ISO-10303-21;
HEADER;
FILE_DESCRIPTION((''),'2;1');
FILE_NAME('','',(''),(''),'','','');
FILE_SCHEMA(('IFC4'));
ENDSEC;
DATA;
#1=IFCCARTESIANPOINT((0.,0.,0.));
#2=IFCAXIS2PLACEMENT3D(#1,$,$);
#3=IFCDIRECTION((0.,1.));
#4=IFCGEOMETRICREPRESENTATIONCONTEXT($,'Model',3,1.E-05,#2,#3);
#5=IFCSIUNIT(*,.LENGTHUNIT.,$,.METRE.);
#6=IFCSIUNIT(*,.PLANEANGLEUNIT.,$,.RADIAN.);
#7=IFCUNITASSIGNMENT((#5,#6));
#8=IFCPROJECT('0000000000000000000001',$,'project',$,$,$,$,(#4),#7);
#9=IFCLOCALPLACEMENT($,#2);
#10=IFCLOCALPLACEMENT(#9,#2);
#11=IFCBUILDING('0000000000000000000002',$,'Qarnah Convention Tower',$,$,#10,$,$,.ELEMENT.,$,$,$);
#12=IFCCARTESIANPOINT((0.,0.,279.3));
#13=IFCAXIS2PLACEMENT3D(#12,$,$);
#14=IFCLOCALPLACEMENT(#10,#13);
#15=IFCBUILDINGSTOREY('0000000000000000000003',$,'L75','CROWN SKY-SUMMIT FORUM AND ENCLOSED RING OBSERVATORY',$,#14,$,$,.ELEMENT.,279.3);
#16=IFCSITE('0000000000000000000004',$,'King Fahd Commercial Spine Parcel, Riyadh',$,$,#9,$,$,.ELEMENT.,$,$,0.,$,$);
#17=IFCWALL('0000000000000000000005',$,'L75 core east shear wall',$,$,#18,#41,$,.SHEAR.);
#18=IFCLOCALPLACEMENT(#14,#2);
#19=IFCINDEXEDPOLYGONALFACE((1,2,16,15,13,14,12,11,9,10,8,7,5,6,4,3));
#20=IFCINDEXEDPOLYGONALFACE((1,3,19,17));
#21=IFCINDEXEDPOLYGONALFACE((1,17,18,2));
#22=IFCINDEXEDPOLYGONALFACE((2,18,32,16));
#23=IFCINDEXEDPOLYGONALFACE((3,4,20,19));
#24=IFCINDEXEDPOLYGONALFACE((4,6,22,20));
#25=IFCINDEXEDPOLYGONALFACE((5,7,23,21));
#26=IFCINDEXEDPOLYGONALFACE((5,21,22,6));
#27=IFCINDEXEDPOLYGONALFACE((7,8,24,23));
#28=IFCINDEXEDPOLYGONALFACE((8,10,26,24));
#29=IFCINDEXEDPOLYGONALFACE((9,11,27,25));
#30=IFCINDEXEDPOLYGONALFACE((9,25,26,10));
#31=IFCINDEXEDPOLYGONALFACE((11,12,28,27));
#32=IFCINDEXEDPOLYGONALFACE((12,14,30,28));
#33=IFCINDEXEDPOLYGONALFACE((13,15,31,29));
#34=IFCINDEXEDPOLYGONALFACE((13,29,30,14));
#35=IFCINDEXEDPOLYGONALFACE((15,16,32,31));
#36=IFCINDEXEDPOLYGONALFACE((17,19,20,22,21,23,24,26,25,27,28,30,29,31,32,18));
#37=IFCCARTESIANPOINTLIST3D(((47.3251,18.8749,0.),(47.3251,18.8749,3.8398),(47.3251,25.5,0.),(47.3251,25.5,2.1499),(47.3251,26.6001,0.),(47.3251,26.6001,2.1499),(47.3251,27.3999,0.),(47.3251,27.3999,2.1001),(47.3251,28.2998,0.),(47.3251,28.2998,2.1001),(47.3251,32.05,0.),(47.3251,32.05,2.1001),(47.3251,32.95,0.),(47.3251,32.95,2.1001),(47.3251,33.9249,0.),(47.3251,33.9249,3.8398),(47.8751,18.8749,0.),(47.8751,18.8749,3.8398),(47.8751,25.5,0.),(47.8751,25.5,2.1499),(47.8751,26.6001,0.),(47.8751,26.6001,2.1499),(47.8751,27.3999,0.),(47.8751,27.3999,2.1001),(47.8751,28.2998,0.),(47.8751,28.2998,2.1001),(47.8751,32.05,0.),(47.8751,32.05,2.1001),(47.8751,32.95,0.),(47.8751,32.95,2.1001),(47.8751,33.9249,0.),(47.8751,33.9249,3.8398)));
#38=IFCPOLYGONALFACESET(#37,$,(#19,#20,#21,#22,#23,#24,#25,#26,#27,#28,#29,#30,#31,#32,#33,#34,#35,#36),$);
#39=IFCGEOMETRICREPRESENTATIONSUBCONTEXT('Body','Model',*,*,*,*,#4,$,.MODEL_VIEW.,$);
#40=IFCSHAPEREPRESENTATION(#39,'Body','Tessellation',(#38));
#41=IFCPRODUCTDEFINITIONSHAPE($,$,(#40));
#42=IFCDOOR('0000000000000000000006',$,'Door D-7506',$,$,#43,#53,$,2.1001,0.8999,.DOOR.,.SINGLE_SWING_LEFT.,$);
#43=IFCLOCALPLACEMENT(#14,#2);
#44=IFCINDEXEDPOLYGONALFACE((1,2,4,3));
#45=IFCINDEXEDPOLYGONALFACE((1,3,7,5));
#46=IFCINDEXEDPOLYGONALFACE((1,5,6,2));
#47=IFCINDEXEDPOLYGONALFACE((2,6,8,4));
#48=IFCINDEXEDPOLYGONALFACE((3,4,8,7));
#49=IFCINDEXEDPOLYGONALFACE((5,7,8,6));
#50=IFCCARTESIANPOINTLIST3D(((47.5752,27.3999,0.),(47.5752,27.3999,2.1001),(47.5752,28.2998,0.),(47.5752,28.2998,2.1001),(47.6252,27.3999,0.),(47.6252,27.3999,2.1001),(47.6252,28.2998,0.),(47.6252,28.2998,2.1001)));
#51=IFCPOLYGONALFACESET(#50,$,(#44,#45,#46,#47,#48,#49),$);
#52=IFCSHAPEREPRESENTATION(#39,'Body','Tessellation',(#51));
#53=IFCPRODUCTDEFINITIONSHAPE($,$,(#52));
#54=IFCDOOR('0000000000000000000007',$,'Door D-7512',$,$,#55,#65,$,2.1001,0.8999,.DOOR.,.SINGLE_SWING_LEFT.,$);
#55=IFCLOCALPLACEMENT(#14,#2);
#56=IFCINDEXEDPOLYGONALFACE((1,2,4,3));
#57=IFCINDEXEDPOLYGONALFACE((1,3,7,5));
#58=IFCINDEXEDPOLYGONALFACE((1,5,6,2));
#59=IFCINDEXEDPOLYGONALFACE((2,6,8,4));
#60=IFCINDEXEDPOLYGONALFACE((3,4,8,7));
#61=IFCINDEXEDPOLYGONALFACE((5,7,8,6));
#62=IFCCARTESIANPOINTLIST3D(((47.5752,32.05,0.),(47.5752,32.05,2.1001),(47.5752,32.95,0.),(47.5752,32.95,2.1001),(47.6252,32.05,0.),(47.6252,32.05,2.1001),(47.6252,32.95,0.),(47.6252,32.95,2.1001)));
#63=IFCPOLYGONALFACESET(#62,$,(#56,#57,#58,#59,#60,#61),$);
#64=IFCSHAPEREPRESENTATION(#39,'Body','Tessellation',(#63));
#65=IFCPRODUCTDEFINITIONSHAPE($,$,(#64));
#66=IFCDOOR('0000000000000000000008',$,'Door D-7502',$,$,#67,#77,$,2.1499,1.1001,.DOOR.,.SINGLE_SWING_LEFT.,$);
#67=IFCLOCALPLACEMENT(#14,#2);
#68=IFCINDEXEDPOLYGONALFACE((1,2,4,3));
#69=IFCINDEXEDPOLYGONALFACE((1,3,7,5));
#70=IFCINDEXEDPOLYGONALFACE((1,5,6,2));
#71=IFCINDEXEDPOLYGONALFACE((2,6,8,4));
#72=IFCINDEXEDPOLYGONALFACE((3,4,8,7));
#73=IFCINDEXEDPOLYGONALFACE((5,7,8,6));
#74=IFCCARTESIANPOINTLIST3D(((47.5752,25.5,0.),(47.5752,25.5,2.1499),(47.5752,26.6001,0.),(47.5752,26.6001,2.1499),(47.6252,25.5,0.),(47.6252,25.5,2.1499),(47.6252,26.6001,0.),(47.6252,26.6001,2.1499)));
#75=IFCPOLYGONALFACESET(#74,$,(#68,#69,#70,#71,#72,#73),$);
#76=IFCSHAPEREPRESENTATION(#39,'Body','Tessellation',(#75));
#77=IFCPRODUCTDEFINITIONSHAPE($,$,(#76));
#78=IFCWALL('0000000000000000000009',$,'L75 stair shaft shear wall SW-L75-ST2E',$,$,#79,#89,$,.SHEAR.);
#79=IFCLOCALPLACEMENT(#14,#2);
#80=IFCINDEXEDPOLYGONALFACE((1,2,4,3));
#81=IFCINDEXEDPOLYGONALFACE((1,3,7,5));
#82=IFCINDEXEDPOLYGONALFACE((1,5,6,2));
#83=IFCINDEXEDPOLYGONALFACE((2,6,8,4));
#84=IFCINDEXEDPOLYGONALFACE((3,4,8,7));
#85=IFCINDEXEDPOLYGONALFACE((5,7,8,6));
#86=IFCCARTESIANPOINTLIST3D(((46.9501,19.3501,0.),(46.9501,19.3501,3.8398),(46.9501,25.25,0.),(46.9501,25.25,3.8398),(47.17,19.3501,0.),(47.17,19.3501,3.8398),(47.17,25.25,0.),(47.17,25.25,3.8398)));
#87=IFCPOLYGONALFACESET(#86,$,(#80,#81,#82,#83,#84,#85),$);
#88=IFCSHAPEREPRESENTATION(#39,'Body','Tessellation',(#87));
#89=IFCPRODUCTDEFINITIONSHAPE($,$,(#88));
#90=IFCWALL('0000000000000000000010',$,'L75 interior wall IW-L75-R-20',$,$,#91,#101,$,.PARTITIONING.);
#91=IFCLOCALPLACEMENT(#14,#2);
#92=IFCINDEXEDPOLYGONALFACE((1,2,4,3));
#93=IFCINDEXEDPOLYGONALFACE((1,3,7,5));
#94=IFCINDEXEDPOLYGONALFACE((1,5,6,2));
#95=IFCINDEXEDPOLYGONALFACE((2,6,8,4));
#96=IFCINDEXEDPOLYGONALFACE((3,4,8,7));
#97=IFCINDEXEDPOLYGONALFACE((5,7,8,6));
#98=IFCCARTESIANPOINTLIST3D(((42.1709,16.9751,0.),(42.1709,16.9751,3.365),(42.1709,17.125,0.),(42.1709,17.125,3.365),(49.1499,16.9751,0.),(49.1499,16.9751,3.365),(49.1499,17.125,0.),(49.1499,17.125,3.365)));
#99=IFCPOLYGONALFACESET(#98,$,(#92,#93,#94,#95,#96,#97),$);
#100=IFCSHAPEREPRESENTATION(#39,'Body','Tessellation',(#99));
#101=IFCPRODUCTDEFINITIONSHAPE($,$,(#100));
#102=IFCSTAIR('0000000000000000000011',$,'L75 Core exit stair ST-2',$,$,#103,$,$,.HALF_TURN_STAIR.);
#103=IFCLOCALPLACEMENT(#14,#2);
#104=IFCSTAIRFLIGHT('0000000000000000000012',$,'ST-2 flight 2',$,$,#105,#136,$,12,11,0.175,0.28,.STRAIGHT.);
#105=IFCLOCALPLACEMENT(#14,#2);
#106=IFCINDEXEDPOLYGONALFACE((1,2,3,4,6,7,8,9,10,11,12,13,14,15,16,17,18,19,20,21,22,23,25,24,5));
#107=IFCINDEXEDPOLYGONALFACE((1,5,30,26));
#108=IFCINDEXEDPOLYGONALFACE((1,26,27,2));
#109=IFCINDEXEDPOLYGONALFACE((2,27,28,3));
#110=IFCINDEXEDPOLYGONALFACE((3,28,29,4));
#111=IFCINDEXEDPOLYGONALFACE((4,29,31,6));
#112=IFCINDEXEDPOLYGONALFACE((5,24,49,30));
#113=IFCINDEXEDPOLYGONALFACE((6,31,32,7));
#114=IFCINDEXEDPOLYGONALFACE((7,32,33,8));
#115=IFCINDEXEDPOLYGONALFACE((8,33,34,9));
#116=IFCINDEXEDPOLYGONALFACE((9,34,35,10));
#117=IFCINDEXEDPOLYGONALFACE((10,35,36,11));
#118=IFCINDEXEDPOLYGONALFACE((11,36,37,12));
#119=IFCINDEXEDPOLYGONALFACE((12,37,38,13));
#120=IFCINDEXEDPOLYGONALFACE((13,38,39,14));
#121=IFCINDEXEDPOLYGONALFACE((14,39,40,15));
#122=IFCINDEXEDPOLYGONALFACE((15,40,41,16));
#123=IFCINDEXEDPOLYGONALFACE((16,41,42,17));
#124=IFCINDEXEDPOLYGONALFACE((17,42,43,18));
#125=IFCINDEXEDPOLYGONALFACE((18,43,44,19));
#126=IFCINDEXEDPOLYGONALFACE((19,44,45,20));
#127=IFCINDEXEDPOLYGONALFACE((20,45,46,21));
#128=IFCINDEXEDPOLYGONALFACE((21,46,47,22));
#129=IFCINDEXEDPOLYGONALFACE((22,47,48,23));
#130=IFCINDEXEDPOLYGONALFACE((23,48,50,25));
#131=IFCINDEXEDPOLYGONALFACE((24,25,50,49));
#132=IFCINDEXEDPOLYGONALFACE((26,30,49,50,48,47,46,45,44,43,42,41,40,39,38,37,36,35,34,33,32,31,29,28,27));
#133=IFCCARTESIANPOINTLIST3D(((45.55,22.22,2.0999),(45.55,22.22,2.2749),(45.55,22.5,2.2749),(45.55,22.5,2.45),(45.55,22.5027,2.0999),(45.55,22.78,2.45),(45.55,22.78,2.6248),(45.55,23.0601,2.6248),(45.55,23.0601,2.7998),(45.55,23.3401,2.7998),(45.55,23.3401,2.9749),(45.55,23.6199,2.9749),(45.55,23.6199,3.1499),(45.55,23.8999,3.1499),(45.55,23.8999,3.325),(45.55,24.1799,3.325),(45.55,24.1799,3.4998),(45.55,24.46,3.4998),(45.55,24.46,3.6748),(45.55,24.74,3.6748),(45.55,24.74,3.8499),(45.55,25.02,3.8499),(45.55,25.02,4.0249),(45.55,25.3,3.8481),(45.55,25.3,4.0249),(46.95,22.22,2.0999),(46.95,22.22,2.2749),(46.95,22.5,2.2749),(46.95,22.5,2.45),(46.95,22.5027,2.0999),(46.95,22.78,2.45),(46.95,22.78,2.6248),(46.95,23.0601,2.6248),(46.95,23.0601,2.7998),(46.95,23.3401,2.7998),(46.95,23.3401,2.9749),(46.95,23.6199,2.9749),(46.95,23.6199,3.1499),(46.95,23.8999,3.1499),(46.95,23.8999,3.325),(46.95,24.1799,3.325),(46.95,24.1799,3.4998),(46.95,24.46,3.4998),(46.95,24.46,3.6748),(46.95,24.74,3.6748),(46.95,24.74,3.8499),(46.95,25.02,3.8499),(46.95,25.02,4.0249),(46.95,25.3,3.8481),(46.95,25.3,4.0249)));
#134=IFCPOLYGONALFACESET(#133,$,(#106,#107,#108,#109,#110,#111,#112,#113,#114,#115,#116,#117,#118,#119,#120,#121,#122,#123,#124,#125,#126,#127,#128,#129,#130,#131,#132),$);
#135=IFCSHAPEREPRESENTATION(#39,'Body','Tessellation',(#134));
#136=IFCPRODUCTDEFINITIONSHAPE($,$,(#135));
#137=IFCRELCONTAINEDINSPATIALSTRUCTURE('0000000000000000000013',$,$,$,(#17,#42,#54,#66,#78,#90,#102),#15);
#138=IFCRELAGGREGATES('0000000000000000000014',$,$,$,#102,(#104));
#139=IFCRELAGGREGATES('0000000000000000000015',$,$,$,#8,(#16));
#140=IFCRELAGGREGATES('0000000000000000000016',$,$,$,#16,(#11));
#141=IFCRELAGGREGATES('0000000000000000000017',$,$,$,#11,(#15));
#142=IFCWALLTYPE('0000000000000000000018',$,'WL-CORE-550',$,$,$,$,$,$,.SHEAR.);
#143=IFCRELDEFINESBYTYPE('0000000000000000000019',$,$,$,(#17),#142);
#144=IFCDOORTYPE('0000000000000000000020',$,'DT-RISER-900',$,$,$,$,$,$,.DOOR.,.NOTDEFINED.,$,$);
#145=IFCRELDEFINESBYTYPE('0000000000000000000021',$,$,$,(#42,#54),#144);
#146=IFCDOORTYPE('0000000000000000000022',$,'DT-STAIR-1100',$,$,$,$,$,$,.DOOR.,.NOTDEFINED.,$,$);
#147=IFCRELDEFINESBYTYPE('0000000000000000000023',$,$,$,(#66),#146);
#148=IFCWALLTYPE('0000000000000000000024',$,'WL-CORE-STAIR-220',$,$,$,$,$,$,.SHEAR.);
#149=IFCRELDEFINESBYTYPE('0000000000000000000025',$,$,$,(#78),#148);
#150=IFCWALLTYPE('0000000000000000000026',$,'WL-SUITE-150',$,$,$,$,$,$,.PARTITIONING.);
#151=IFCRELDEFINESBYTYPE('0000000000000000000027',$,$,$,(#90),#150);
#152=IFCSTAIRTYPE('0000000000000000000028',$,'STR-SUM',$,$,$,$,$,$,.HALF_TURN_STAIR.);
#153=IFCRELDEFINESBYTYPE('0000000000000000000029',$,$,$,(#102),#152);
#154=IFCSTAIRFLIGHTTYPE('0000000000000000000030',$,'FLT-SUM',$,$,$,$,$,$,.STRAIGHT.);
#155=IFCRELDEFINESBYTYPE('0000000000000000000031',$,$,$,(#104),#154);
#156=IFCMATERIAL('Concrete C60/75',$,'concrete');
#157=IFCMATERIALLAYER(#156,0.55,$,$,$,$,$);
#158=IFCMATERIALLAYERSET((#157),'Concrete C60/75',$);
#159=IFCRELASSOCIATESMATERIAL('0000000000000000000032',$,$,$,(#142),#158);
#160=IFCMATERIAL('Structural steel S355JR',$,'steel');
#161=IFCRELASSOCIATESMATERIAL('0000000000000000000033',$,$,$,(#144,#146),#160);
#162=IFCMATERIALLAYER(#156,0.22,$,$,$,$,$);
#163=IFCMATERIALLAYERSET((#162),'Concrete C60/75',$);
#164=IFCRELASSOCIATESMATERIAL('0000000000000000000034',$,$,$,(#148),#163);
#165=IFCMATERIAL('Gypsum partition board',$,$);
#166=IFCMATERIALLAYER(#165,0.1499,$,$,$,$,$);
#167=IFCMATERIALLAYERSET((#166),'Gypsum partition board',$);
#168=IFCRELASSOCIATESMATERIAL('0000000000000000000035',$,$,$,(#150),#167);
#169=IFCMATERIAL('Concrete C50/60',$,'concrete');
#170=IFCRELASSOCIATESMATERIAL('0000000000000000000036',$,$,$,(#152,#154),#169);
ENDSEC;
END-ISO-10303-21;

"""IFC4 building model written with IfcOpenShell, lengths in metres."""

from ifc_helpers import new_model, si_unit, direction, frame, frame_2d, origin, place, context, subcontext, project, spatial, polyline, rectangle, outline, extrude, material, layer, layer_set, type_object, element, fill, aggregate, save


model = new_model("IFC4")

# Units and contexts
model_context = context("Model", 3, precision=1e-05, world=origin(), true_north=direction((0.0, 1.0)))
body_context = subcontext(model_context, "Body", "Model", "MODEL_VIEW")
ifc_project = project(units=[si_unit("LENGTHUNIT", "METRE"), si_unit("PLANEANGLEUNIT", "RADIAN")], contexts=[model_context])

# Site, building, storey
site_placement = place(None, origin())
site = spatial("IfcSite", under=ifc_project, at=site_placement, Name="King Fahd Commercial Spine Parcel, Riyadh", CompositionType="ELEMENT", RefElevation=0.0)
building_placement = place(site_placement, origin())
building = spatial("IfcBuilding", under=site, at=building_placement, Name="Qarnah Convention Tower", CompositionType="ELEMENT")
storey_placement = place(building_placement, frame((0.0, 0.0, 279.3)))
storey = spatial("IfcBuildingStorey", under=building, at=storey_placement, Name="L75", Description="CROWN SKY-SUMMIT FORUM AND ENCLOSED RING OBSERVATORY", CompositionType="ELEMENT", Elevation=279.3)

# Shared definitions
ifc_material_1 = material(Name="Concrete C50/60", Category="concrete")

# Shared definitions
ifc_material_2 = material(Name="Structural steel S355JR", Category="steel")

# Wall, openings, doors
ifc_material_3 = material(Name="Concrete C60/75", Category="concrete")
ifc_layer_1 = layer(ifc_material_3, 0.55)
ifc_layer_set_1 = layer_set([ifc_layer_1], Name="Concrete C60/75")
wall_type_1 = type_object("IfcWallType", Name="WL-CORE-550", PredefinedType="SHEAR", material=ifc_layer_set_1)
wall_1_placement = place(storey_placement, frame((47.6001, 18.875, 0.0), z_axis=(0.0, 0.0, 1.0), x_axis=(0.0, 1.0, 0.0)))
wall_1 = element("IfcWall", 1, at=wall_1_placement, inside=storey, type_object=wall_type_1, Name="L75 core east shear wall", PredefinedType="SHEAR", context=body_context, shape_type="SweptSolid", body=[
    extrude(rectangle(XDim=15.05, YDim=0.55, at=frame_2d((7.5249, 0.0))), origin(), (0.0, 0.0, 1.0), 3.8398),
])
opening_1_placement = place(wall_1_placement, frame((6.625, 0.0, 0.0)))
opening_1 = element("IfcOpeningElement", 2, at=opening_1_placement, cuts=wall_1, PredefinedType="OPENING", context=body_context, shape_type="SweptSolid", body=[
    extrude(rectangle(XDim=1.1001, YDim=2.1499, at=frame_2d((0.55, 1.075))), frame((0.0, 0.2849, 0.0), z_axis=(0.0, -1.0, 0.0), x_axis=(1.0, 0.0, 0.0)), (0.0, 0.0, 1.0), 0.5701),
])
opening_2_placement = place(wall_1_placement, frame((8.5249, 0.0, 0.0)))
opening_2 = element("IfcOpeningElement", 3, at=opening_2_placement, cuts=wall_1, PredefinedType="OPENING", context=body_context, shape_type="SweptSolid", body=[
    extrude(rectangle(XDim=0.8999, YDim=2.1001, at=frame_2d((0.45, 1.05))), frame((0.0, 0.2849, 0.0), z_axis=(0.0, -1.0, 0.0), x_axis=(1.0, 0.0, 0.0)), (0.0, 0.0, 1.0), 0.5701),
])
opening_3_placement = place(wall_1_placement, frame((13.175, 0.0, 0.0)))
opening_3 = element("IfcOpeningElement", 4, at=opening_3_placement, cuts=wall_1, PredefinedType="OPENING", context=body_context, shape_type="SweptSolid", body=[
    extrude(rectangle(XDim=0.8999, YDim=2.1001, at=frame_2d((0.45, 1.05))), frame((0.0, 0.2849, 0.0), z_axis=(0.0, -1.0, 0.0), x_axis=(1.0, 0.0, 0.0)), (0.0, 0.0, 1.0), 0.5701),
])
door_type_1 = type_object("IfcDoorType", Name="DT-RISER-900", OperationType="NOTDEFINED", PredefinedType="DOOR", material=ifc_material_2)
door_1_placement = place(opening_2_placement, origin())
door_1 = element("IfcDoor", 5, at=door_1_placement, inside=storey, type_object=door_type_1, Name="Door D-7506", OperationType="SINGLE_SWING_LEFT", OverallHeight=2.1001, OverallWidth=0.8999, PredefinedType="DOOR", context=body_context, shape_type="SweptSolid", body=[
    extrude(rectangle(XDim=0.8999, YDim=2.1001, at=frame_2d((0.45, 1.05))), frame((0.0, 0.0249, 0.0), z_axis=(0.0, -1.0, 0.0), x_axis=(1.0, 0.0, 0.0)), (0.0, 0.0, 1.0), 0.05),
])
fill(opening_2, door_1)
door_2_placement = place(opening_3_placement, origin())
door_2 = element("IfcDoor", 6, at=door_2_placement, inside=storey, type_object=door_type_1, Name="Door D-7512", OperationType="SINGLE_SWING_LEFT", OverallHeight=2.1001, OverallWidth=0.8999, PredefinedType="DOOR", context=body_context, shape_type="SweptSolid", body=[
    extrude(rectangle(XDim=0.8999, YDim=2.1001, at=frame_2d((0.45, 1.05))), frame((0.0, 0.0249, 0.0), z_axis=(0.0, -1.0, 0.0), x_axis=(1.0, 0.0, 0.0)), (0.0, 0.0, 1.0), 0.05),
])
fill(opening_3, door_2)
door_type_2 = type_object("IfcDoorType", Name="DT-STAIR-1100", OperationType="NOTDEFINED", PredefinedType="DOOR", material=ifc_material_2)
door_3_placement = place(opening_1_placement, origin())
door_3 = element("IfcDoor", 7, at=door_3_placement, inside=storey, type_object=door_type_2, Name="Door D-7502", OperationType="SINGLE_SWING_LEFT", OverallHeight=2.1499, OverallWidth=1.1001, PredefinedType="DOOR", context=body_context, shape_type="SweptSolid", body=[
    extrude(rectangle(XDim=1.1001, YDim=2.1499, at=frame_2d((0.55, 1.075))), frame((0.0, 0.0249, 0.0), z_axis=(0.0, -1.0, 0.0), x_axis=(1.0, 0.0, 0.0)), (0.0, 0.0, 1.0), 0.05),
])
fill(opening_1, door_3)

# Wall
ifc_layer_2 = layer(ifc_material_3, 0.22)
ifc_layer_set_2 = layer_set([ifc_layer_2], Name="Concrete C60/75")
wall_type_2 = type_object("IfcWallType", Name="WL-CORE-STAIR-220", PredefinedType="SHEAR", material=ifc_layer_set_2)
wall_2_placement = place(storey_placement, frame((47.0601, 19.3501, 0.0), z_axis=(0.0, 0.0, 1.0), x_axis=(0.0, 1.0, 0.0)))
element("IfcWall", 8, at=wall_2_placement, inside=storey, type_object=wall_type_2, Name="L75 stair shaft shear wall SW-L75-ST2E", PredefinedType="SHEAR", context=body_context, shape_type="SweptSolid", body=[
    extrude(rectangle(XDim=5.8999, YDim=0.22, at=frame_2d((2.95, 0.0))), origin(), (0.0, 0.0, 1.0), 3.8398),
])

# Wall
ifc_material_4 = material(Name="Gypsum partition board")
ifc_layer_3 = layer(ifc_material_4, 0.1499)
ifc_layer_set_3 = layer_set([ifc_layer_3], Name="Gypsum partition board")
wall_type_3 = type_object("IfcWallType", Name="WL-SUITE-150", PredefinedType="PARTITIONING", material=ifc_layer_set_3)
wall_3_placement = place(storey_placement, frame((49.1499, 17.05, 0.0), z_axis=(0.0, 0.0, 1.0), x_axis=(-1.0, 0.0, 0.0)))
element("IfcWall", 9, at=wall_3_placement, inside=storey, type_object=wall_type_3, Name="L75 interior wall IW-L75-R-20", PredefinedType="PARTITIONING", context=body_context, shape_type="SweptSolid", body=[
    extrude(rectangle(XDim=6.979, YDim=0.1499, at=frame_2d((3.4895, 0.0))), origin(), (0.0, 0.0, 1.0), 3.365),
])

# Stair, stair flight
stair_type = type_object("IfcStairType", Name="STR-SUM", PredefinedType="HALF_TURN_STAIR", material=ifc_material_1)
stair_placement = place(storey_placement, origin())
stair = element("IfcStair", 10, at=stair_placement, inside=storey, type_object=stair_type, Name="L75 Core exit stair ST-2", PredefinedType="HALF_TURN_STAIR")
stair_flight_type = type_object("IfcStairFlightType", Name="FLT-SUM", PredefinedType="STRAIGHT", material=ifc_material_1)
stair_flight_placement = place(storey_placement, frame((46.25, 22.22, 2.0999), z_axis=(0.0, 0.0, 1.0), x_axis=(0.0, 1.0, 0.0)))
stair_flight = element("IfcStairFlight", 11, at=stair_flight_placement, type_object=stair_flight_type, Name="ST-2 flight 2", NumberOfRisers=12, NumberOfTreads=11, PredefinedType="STRAIGHT", RiserHeight=0.175, TreadLength=0.28, context=body_context, shape_type="SweptSolid", body=[
    extrude(outline(polyline([(0.0, 0.0), (0.0, 0.175), (0.28, 0.175), (0.28, 0.3501), (0.5601, 0.3501), (0.5601, 0.5249), (0.8401, 0.5249), (0.8401, 0.7), (1.1201, 0.7), (1.1201, 0.875), (1.3999, 0.875), (1.3999, 1.05), (1.6799, 1.05), (1.6799, 1.2251), (1.96, 1.2251), (1.96, 1.3999), (2.24, 1.3999), (2.24, 1.575), (2.52, 1.575), (2.52, 1.75), (2.8, 1.75), (2.8, 1.925), (3.0801, 1.925), (3.0801, 2.1001), (3.0801, 1.7483), (0.2827, 0.0), (0.0, 0.0)])), frame((0.0, 0.7, 0.0), z_axis=(0.0, -1.0, 0.0), x_axis=(1.0, 0.0, 0.0)), (0.0, 0.0, 1.0), 1.3999),
])
aggregate(stair, [stair_flight])

save(model, "model.ifc")
